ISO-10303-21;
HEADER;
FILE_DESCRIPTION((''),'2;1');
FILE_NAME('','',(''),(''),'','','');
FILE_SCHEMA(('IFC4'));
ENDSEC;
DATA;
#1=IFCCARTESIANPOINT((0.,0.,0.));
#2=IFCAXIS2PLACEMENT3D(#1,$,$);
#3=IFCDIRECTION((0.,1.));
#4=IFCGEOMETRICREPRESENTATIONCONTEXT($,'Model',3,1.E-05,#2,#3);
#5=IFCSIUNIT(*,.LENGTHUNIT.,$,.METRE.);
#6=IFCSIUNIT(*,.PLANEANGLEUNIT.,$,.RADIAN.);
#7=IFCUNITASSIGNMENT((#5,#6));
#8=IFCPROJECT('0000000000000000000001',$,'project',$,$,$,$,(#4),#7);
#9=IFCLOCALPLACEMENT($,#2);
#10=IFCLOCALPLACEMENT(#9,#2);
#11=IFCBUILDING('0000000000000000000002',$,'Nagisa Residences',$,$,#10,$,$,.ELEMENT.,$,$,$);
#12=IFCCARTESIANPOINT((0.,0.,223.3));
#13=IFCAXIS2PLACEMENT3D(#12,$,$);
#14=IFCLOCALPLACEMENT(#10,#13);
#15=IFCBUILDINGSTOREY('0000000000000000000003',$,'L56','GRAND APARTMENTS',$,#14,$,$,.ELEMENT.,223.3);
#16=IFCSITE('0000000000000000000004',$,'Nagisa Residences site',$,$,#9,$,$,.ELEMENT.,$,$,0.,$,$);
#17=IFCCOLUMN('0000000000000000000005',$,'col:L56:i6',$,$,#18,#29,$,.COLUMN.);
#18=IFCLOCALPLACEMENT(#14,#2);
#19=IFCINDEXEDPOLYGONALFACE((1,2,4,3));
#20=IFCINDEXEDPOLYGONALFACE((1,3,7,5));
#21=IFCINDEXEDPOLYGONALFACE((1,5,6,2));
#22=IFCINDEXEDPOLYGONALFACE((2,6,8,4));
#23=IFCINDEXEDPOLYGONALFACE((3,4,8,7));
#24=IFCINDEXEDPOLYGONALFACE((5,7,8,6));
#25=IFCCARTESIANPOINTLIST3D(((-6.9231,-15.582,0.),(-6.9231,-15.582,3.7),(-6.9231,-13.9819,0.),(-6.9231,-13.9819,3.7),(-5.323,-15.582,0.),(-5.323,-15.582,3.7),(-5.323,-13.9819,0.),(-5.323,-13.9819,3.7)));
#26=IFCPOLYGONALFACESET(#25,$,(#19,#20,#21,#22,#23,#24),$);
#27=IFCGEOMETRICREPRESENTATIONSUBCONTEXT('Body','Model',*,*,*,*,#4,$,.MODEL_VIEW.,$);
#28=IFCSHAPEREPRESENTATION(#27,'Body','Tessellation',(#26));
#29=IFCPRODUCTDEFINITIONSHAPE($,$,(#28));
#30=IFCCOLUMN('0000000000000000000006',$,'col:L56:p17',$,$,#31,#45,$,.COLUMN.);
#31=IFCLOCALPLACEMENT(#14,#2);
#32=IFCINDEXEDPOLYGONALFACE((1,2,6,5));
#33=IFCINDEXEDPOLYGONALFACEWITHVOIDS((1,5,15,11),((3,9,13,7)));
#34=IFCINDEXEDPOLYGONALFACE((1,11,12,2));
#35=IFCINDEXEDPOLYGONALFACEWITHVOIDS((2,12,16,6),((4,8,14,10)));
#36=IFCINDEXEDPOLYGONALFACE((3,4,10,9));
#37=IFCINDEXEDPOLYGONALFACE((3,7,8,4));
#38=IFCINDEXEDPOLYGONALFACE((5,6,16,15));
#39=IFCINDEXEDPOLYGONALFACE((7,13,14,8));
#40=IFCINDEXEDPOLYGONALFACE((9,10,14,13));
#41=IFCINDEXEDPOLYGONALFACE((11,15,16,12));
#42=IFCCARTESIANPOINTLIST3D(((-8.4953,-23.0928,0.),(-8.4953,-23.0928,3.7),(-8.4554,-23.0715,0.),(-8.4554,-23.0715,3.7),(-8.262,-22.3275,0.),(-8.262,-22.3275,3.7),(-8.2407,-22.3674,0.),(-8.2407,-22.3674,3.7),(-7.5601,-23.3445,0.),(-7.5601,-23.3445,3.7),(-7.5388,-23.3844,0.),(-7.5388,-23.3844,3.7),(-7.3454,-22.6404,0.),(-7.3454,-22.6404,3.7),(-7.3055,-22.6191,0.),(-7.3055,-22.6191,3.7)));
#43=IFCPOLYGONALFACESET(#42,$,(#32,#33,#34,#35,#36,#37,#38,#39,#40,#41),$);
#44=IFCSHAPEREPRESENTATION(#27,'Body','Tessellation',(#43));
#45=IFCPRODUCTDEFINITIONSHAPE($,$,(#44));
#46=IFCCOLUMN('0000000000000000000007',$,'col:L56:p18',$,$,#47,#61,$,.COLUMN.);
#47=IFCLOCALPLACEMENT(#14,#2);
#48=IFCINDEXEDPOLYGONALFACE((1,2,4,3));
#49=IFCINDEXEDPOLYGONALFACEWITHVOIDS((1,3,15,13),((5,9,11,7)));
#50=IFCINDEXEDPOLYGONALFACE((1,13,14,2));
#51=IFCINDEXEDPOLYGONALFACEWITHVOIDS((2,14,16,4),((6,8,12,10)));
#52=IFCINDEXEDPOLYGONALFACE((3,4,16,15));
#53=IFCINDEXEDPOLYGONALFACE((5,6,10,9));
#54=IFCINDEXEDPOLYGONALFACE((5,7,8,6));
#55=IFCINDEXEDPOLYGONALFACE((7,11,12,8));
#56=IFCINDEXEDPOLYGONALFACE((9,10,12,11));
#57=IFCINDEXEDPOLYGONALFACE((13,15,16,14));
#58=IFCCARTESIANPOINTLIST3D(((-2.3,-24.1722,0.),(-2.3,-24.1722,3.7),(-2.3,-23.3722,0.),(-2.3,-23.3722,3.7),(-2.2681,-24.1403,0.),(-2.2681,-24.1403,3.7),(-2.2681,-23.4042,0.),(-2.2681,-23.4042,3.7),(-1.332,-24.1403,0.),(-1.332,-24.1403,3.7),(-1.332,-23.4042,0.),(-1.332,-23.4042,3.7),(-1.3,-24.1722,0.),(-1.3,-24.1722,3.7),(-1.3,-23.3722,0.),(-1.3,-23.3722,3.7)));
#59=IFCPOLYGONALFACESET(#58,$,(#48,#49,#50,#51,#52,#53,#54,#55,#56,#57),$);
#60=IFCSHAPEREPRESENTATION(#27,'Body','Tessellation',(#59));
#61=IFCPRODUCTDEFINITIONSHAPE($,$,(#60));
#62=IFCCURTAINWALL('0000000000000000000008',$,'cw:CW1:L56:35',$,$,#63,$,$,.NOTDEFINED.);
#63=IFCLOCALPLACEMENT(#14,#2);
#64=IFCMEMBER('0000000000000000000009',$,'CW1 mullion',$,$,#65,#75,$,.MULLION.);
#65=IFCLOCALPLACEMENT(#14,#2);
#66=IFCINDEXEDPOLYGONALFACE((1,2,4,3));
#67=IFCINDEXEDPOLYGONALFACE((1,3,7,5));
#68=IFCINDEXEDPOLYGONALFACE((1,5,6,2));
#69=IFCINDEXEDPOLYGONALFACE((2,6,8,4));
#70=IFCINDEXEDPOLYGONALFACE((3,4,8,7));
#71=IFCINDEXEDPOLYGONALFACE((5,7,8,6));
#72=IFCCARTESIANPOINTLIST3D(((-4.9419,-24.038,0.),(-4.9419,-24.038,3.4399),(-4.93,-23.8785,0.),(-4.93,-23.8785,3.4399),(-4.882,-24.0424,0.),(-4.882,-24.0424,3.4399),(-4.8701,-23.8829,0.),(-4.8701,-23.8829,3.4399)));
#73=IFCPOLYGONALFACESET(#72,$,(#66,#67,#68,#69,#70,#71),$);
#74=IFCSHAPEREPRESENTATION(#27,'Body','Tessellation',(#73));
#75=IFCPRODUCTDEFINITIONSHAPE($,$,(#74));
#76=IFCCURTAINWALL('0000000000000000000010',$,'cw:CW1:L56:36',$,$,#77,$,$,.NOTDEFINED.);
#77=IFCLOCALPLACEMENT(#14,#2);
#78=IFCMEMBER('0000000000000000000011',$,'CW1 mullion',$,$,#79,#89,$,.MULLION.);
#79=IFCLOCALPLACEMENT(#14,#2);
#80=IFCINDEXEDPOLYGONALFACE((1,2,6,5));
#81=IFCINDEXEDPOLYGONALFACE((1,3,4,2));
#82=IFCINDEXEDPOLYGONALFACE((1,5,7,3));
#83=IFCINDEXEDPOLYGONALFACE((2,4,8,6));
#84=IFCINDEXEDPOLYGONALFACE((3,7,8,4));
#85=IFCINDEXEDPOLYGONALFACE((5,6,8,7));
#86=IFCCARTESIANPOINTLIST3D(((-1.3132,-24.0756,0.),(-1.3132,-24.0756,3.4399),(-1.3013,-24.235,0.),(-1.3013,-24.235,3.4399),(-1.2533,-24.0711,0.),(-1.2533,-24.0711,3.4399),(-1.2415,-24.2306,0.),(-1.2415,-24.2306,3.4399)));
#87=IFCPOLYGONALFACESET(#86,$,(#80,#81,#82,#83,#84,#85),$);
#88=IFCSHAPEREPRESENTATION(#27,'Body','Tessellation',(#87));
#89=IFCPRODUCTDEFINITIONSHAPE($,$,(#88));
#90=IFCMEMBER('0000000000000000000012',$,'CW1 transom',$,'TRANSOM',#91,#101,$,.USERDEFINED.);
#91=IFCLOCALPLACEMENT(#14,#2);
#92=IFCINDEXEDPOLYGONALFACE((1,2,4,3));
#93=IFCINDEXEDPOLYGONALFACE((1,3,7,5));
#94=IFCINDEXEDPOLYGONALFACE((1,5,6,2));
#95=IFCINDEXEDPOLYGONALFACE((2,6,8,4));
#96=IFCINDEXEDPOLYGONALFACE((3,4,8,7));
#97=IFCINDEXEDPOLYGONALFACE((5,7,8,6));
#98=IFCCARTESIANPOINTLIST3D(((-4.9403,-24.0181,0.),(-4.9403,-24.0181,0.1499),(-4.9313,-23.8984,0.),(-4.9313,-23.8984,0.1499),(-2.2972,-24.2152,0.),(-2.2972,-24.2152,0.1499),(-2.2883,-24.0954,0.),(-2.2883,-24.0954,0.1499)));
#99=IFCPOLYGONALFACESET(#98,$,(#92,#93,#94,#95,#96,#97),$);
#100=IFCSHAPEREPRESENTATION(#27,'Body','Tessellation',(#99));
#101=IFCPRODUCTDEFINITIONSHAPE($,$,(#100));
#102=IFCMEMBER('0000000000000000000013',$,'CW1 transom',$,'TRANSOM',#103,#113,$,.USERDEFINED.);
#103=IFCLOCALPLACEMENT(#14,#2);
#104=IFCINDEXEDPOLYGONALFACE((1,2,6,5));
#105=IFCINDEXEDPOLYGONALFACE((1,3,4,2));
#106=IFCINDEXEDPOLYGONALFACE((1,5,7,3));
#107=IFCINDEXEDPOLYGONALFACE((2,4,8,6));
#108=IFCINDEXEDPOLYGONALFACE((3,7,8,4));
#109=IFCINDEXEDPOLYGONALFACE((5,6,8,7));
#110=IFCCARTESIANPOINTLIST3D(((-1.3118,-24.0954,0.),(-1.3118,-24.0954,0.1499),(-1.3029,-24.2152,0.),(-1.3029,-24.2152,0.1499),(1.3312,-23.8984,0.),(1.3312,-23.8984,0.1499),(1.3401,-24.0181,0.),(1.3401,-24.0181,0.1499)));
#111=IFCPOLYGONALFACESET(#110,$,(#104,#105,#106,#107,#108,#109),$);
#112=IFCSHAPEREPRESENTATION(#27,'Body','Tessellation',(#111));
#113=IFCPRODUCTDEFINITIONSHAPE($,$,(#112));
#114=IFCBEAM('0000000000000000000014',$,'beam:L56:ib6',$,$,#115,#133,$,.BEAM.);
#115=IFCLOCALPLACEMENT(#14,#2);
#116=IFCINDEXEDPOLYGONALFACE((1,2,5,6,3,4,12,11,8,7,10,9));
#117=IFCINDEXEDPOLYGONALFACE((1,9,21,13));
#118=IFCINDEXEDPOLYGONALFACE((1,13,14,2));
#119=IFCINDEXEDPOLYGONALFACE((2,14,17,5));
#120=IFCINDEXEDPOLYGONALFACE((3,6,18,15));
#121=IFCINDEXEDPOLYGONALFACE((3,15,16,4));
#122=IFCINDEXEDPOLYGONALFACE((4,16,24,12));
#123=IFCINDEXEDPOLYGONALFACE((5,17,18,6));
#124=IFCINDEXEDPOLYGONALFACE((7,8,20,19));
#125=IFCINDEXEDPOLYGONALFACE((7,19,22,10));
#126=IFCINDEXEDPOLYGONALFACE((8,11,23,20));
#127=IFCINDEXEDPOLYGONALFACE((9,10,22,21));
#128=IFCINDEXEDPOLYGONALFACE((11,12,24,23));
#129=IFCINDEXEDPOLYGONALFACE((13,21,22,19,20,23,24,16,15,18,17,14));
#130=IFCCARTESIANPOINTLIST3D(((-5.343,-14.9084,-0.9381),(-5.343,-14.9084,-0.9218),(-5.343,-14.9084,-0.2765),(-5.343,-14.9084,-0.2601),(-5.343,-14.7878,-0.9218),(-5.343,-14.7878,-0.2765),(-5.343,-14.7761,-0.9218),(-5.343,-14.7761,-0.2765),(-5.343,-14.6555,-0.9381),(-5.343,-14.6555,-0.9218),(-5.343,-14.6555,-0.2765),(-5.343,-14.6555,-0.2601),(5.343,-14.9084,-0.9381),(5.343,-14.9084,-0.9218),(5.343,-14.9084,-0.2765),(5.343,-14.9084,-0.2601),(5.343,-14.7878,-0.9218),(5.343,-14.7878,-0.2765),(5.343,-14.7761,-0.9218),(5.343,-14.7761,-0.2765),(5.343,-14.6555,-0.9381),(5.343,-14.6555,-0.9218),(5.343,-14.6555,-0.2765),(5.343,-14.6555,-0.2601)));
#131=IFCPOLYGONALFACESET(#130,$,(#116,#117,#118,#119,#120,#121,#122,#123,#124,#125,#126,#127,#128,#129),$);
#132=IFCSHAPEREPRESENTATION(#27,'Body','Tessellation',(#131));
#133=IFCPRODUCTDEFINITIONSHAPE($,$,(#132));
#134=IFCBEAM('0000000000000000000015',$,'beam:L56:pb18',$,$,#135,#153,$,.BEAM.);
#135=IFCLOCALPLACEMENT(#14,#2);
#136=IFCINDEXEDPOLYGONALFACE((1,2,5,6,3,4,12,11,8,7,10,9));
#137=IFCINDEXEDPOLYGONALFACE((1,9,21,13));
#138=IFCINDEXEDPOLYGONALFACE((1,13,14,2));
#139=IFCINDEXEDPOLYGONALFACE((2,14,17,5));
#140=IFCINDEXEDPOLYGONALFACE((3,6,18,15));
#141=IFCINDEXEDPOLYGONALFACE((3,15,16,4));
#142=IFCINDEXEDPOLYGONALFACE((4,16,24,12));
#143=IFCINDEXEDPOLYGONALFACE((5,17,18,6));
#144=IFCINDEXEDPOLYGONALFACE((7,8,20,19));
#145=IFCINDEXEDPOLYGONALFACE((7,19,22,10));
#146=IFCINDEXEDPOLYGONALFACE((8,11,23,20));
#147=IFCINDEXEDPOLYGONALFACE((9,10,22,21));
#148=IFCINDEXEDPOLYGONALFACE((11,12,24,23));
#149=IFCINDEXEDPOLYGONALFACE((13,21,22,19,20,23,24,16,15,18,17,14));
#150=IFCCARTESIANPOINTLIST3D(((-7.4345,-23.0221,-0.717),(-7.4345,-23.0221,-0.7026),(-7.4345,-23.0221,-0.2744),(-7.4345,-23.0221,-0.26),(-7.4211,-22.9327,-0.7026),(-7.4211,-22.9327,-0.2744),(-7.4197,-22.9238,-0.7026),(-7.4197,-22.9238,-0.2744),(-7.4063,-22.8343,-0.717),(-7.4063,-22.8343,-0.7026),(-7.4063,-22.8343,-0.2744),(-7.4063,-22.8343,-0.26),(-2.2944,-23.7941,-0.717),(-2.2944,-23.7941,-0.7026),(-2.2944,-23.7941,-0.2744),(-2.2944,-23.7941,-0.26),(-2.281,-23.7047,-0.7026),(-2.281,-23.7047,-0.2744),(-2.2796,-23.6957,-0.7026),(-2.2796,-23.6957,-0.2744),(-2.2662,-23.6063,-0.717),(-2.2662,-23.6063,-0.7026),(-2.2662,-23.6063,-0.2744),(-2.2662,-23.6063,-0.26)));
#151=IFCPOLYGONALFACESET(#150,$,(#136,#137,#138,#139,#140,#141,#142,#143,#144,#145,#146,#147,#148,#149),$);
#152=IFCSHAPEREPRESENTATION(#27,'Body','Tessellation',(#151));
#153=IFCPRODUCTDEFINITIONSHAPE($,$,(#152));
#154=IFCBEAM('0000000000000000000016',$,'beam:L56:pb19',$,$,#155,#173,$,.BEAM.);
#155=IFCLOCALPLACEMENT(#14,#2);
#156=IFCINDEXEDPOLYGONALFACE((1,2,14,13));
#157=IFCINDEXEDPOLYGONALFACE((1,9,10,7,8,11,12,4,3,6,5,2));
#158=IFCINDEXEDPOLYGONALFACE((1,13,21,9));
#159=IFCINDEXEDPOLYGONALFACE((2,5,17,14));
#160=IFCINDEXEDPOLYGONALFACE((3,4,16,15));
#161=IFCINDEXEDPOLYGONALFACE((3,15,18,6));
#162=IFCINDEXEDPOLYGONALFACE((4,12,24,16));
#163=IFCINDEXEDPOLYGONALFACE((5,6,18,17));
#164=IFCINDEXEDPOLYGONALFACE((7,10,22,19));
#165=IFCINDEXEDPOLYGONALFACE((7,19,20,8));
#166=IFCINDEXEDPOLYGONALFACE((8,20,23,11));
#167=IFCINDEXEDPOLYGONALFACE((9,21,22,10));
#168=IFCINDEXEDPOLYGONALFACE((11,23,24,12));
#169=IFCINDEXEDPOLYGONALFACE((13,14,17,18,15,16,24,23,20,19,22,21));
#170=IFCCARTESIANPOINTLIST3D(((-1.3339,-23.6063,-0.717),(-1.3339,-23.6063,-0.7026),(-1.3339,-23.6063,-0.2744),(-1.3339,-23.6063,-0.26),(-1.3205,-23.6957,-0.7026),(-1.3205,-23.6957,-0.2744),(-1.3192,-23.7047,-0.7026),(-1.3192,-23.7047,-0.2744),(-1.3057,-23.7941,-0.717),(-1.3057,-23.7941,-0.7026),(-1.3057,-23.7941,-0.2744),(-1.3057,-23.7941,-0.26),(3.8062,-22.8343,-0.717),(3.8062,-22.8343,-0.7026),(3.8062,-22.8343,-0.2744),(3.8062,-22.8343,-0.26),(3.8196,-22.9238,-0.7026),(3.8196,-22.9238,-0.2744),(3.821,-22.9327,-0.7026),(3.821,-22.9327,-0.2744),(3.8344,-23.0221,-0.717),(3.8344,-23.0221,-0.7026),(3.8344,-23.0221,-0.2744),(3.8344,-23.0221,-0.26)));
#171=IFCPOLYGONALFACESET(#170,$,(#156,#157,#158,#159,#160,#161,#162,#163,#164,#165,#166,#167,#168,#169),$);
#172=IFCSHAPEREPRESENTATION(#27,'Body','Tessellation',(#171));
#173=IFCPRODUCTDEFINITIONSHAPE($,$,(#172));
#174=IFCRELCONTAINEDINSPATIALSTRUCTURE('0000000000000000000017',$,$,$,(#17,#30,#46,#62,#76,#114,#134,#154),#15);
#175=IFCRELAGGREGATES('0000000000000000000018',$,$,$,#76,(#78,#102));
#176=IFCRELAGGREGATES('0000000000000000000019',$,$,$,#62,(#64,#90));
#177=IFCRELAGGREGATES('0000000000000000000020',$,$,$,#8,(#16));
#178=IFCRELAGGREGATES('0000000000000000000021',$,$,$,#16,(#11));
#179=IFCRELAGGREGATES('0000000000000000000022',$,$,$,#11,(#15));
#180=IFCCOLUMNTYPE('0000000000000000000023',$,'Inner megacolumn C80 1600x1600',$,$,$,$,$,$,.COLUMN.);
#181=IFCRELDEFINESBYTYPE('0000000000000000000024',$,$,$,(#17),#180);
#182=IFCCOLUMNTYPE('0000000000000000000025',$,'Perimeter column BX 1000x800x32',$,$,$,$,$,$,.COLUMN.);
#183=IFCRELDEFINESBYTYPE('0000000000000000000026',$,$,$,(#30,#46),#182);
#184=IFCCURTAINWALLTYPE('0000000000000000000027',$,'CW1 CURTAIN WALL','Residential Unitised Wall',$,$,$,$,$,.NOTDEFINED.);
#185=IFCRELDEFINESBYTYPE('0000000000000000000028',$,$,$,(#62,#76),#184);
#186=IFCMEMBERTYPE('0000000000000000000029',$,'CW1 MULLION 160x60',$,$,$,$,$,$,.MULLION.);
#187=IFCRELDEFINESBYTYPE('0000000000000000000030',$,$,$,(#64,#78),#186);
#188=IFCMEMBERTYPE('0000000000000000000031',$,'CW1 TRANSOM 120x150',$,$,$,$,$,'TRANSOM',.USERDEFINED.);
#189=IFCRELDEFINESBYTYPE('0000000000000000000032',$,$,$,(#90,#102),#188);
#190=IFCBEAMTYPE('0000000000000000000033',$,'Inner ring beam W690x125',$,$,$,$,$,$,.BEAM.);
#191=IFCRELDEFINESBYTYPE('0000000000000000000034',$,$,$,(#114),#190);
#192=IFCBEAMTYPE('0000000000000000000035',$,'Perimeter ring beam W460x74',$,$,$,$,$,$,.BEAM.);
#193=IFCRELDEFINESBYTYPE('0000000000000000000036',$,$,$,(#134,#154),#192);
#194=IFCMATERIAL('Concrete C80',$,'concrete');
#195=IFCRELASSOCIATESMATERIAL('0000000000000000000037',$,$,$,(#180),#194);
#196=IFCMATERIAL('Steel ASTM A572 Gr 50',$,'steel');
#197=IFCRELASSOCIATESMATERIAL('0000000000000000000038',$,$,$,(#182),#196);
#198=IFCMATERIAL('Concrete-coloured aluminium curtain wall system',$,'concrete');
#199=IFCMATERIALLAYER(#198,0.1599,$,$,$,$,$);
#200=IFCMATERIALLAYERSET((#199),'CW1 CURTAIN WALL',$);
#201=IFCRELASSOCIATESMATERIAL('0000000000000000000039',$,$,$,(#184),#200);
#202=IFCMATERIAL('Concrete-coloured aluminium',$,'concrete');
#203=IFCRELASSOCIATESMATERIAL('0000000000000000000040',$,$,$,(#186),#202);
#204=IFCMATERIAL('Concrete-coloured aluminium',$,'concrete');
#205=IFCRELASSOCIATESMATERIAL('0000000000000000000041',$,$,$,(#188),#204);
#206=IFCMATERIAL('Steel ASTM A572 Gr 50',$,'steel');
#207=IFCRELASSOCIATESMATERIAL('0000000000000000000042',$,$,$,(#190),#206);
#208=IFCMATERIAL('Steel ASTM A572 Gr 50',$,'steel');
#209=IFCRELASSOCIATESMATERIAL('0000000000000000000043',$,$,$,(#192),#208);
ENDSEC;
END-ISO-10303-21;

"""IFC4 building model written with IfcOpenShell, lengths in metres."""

from ifc_helpers import new_model, si_unit, direction, frame, origin, origin_2d, place, context, subcontext, project, spatial, rectangle, hollow_rectangle, i_section, extrude, material, layer, layer_set, material_profile, profile_set, type_object, element, aggregate, save


model = new_model("IFC4")

# Units and contexts
model_context = context("Model", 3, precision=1e-05, world=origin(), true_north=direction((0.0, 1.0)))
body_context = subcontext(model_context, "Body", "Model", "MODEL_VIEW")
ifc_project = project(units=[si_unit("LENGTHUNIT", "METRE"), si_unit("PLANEANGLEUNIT", "RADIAN")], contexts=[model_context])

# Site, building, storey
site_placement = place(None, origin())
site = spatial("IfcSite", under=ifc_project, at=site_placement, Name="Nagisa Residences site", CompositionType="ELEMENT", RefElevation=0.0)
building_placement = place(site_placement, origin())
building = spatial("IfcBuilding", under=site, at=building_placement, Name="Nagisa Residences", CompositionType="ELEMENT")
storey_placement = place(building_placement, frame((0.0, 0.0, 223.3)))
storey = spatial("IfcBuildingStorey", under=building, at=storey_placement, Name="L56", Description="GRAND APARTMENTS", CompositionType="ELEMENT", Elevation=223.3)

# Columns
ifc_material_1 = material(Name="Concrete C80", Category="concrete")
ifc_material_profile_1 = material_profile(ifc_material_1, rectangle(XDim=1.6001, YDim=1.6001, at=origin_2d()), Name="C80 1600x1600")
ifc_profile_set_1 = profile_set([ifc_material_profile_1], Name="Concrete C80")
column_type_1 = type_object("IfcColumnType", Name="Inner megacolumn C80 1600x1600", PredefinedType="COLUMN", material=ifc_profile_set_1)
column_placement = place(storey_placement, frame((-6.123, -14.782, 0.0), z_axis=(0.0, 0.0, 1.0), x_axis=(1.0, 0.0, 0.0)))
element("IfcColumn", 1, at=column_placement, inside=storey, type_object=column_type_1, Name="col:L56:i6", PredefinedType="COLUMN", context=body_context, shape_type="SweptSolid", body=[
    extrude(rectangle(XDim=1.6001, YDim=1.6001, at=origin_2d()), origin(), (0.0, 0.0, 1.0), 3.7),
])
ifc_material_2 = material(Name="Steel ASTM A572 Gr 50", Category="steel")
ifc_material_profile_2 = material_profile(ifc_material_2, hollow_rectangle(XDim=1.0, YDim=0.8, WallThickness=0.032, at=origin_2d()), Name="BX 1000x800x32")
ifc_profile_set_2 = profile_set([ifc_material_profile_2], Name="Steel ASTM A572 Gr 50")
column_type_2 = type_object("IfcColumnType", Name="Perimeter column BX 1000x800x32", PredefinedType="COLUMN", material=ifc_profile_set_2)
for number, where, z_axis, x_axis, name in (
    (2, (-7.9004, -22.856, 0.0), (0.0, 0.0, 1.0), (0.956525, -0.291652, 0.0), "col:L56:p17"),
    (3, (-1.8, -23.7722, 0.0), (0.0, 0.0, 1.0), (1.0, 0.0, 0.0), "col:L56:p18"),
):
    element("IfcColumn", number, at=place(storey_placement, frame(where, z_axis=z_axis, x_axis=x_axis)), inside=storey, type_object=column_type_2, Name=name, PredefinedType="COLUMN", context=body_context, shape_type="SweptSolid", body=[
        extrude(hollow_rectangle(XDim=1.0, YDim=0.8, WallThickness=0.032, at=origin_2d()), origin(), (0.0, 0.0, 1.0), 3.7),
    ])

# Curtain walls, members
ifc_material_3 = material(Name="Concrete-coloured aluminium curtain wall system", Category="concrete")
ifc_layer_1 = layer(ifc_material_3, 0.1599)
ifc_layer_set_1 = layer_set([ifc_layer_1], Name="CW1 CURTAIN WALL")
curtain_wall_type = type_object("IfcCurtainWallType", Name="CW1 CURTAIN WALL", Description="Residential Unitised Wall", PredefinedType="NOTDEFINED", material=ifc_layer_set_1)
curtain_wall_1_placement = place(storey_placement, origin())
curtain_wall_1 = element("IfcCurtainWall", 4, at=curtain_wall_1_placement, inside=storey, type_object=curtain_wall_type, Name="cw:CW1:L56:35", PredefinedType="NOTDEFINED")
ifc_material_4 = material(Name="Concrete-coloured aluminium", Category="concrete")
ifc_material_profile_3 = material_profile(ifc_material_4, rectangle(XDim=0.1599, YDim=0.0601, at=origin_2d()), Name="CW1 MULLION 160x60")
ifc_profile_set_3 = profile_set([ifc_material_profile_3], Name="Concrete-coloured aluminium")
member_type_1 = type_object("IfcMemberType", Name="CW1 MULLION 160x60", PredefinedType="MULLION", material=ifc_profile_set_3)
member_1_placement = place(storey_placement, frame((-4.906, -23.9604, 0.0), z_axis=(0.0, 0.0, 1.0), x_axis=(0.074377, 0.99723, 0.0)))
member_1 = element("IfcMember", 5, at=member_1_placement, type_object=member_type_1, Name="CW1 mullion", PredefinedType="MULLION", context=body_context, shape_type="SweptSolid", body=[
    extrude(rectangle(XDim=0.1599, YDim=0.0601, at=origin_2d()), origin(), (0.0, 0.0, 1.0), 3.4399),
])
curtain_wall_2_placement = place(storey_placement, origin())
curtain_wall_2 = element("IfcCurtainWall", 6, at=curtain_wall_2_placement, inside=storey, type_object=curtain_wall_type, Name="cw:CW1:L56:36", PredefinedType="NOTDEFINED")
member_2_placement = place(storey_placement, frame((-1.2773, -24.1531, 0.0), z_axis=(0.0, 0.0, 1.0), x_axis=(-0.074377, 0.99723, 0.0)))
member_2 = element("IfcMember", 7, at=member_2_placement, type_object=member_type_1, Name="CW1 mullion", PredefinedType="MULLION", context=body_context, shape_type="SweptSolid", body=[
    extrude(rectangle(XDim=0.1599, YDim=0.0601, at=origin_2d()), origin(), (0.0, 0.0, 1.0), 3.4399),
])

# Members
ifc_material_5 = material(Name="Concrete-coloured aluminium", Category="concrete")
ifc_material_profile_4 = material_profile(ifc_material_5, rectangle(XDim=0.1201, YDim=0.1499, at=origin_2d()), Name="CW1 TRANSOM 120x150")
ifc_profile_set_4 = profile_set([ifc_material_profile_4], Name="Concrete-coloured aluminium")
member_type_2 = type_object("IfcMemberType", Name="CW1 TRANSOM 120x150", ElementType="TRANSOM", PredefinedType="USERDEFINED", material=ifc_profile_set_4)
member_3_placement = place(storey_placement, frame((-4.9358, -23.9583, 0.075), z_axis=(0.997233, -0.074337, 0.0), x_axis=(0.074337, 0.997233, 0.0)))
member_3 = element("IfcMember", 8, at=member_3_placement, type_object=member_type_2, Name="CW1 transom", ObjectType="TRANSOM", PredefinedType="USERDEFINED", context=body_context, shape_type="SweptSolid", body=[
    extrude(rectangle(XDim=0.1201, YDim=0.1499, at=origin_2d()), origin(), (0.0, 0.0, 1.0), 2.6504),
])
member_4_placement = place(storey_placement, frame((-1.3074, -24.1553, 0.075), z_axis=(0.997233, 0.074337, 0.0), x_axis=(-0.074337, 0.997233, 0.0)))
member_4 = element("IfcMember", 9, at=member_4_placement, type_object=member_type_2, Name="CW1 transom", ObjectType="TRANSOM", PredefinedType="USERDEFINED", context=body_context, shape_type="SweptSolid", body=[
    extrude(rectangle(XDim=0.1201, YDim=0.1499, at=origin_2d()), origin(), (0.0, 0.0, 1.0), 2.6504),
])
aggregate(curtain_wall_2, [member_2, member_4])

# Beams
ifc_material_6 = material(Name="Steel ASTM A572 Gr 50", Category="steel")
ifc_material_profile_5 = material_profile(ifc_material_6, i_section(OverallWidth=0.2529, OverallDepth=0.678, WebThickness=0.0117, FlangeThickness=0.0164, at=origin_2d()), Name="W690x125")
ifc_profile_set_5 = profile_set([ifc_material_profile_5], Name="Steel ASTM A572 Gr 50")
beam_type_1 = type_object("IfcBeamType", Name="Inner ring beam W690x125", PredefinedType="BEAM", material=ifc_profile_set_5)
beam_1_placement = place(storey_placement, frame((-5.343, -14.782, -0.5991), z_axis=(1.0, 0.0, 0.0), x_axis=(0.0, 1.0, 0.0)))
element("IfcBeam", 10, at=beam_1_placement, inside=storey, type_object=beam_type_1, Name="beam:L56:ib6", PredefinedType="BEAM", context=body_context, shape_type="SweptSolid", body=[
    extrude(i_section(OverallWidth=0.2529, OverallDepth=0.678, WebThickness=0.0117, FlangeThickness=0.0164, at=origin_2d()), origin(), (0.0, 0.0, 1.0), 10.686),
])
ifc_material_7 = material(Name="Steel ASTM A572 Gr 50", Category="steel")
ifc_material_profile_6 = material_profile(ifc_material_7, i_section(OverallWidth=0.1899, OverallDepth=0.457, WebThickness=0.009, FlangeThickness=0.0144, at=origin_2d()), Name="W460x74")
ifc_profile_set_6 = profile_set([ifc_material_profile_6], Name="Steel ASTM A572 Gr 50")
beam_type_2 = type_object("IfcBeamType", Name="Perimeter ring beam W460x74", PredefinedType="BEAM", material=ifc_profile_set_6)
for number, where, z_axis, x_axis, name in (
    (11, (-7.4204, -22.9282, -0.4885), (0.988909, -0.14852, 0.0), (0.14852, 0.988909, 0.0), "beam:L56:pb18"),
    (12, (-1.3198, -23.7002, -0.4885), (0.988909, 0.14852, 0.0), (-0.14852, 0.988909, 0.0), "beam:L56:pb19"),
):
    element("IfcBeam", number, at=place(storey_placement, frame(where, z_axis=z_axis, x_axis=x_axis)), inside=storey, type_object=beam_type_2, Name=name, PredefinedType="BEAM", context=body_context, shape_type="SweptSolid", body=[
        extrude(i_section(OverallWidth=0.1899, OverallDepth=0.457, WebThickness=0.009, FlangeThickness=0.0144, at=origin_2d()), origin(), (0.0, 0.0, 1.0), 5.1978),
    ])

aggregate(curtain_wall_1, [member_1, member_3])

save(model, "model.ifc")
